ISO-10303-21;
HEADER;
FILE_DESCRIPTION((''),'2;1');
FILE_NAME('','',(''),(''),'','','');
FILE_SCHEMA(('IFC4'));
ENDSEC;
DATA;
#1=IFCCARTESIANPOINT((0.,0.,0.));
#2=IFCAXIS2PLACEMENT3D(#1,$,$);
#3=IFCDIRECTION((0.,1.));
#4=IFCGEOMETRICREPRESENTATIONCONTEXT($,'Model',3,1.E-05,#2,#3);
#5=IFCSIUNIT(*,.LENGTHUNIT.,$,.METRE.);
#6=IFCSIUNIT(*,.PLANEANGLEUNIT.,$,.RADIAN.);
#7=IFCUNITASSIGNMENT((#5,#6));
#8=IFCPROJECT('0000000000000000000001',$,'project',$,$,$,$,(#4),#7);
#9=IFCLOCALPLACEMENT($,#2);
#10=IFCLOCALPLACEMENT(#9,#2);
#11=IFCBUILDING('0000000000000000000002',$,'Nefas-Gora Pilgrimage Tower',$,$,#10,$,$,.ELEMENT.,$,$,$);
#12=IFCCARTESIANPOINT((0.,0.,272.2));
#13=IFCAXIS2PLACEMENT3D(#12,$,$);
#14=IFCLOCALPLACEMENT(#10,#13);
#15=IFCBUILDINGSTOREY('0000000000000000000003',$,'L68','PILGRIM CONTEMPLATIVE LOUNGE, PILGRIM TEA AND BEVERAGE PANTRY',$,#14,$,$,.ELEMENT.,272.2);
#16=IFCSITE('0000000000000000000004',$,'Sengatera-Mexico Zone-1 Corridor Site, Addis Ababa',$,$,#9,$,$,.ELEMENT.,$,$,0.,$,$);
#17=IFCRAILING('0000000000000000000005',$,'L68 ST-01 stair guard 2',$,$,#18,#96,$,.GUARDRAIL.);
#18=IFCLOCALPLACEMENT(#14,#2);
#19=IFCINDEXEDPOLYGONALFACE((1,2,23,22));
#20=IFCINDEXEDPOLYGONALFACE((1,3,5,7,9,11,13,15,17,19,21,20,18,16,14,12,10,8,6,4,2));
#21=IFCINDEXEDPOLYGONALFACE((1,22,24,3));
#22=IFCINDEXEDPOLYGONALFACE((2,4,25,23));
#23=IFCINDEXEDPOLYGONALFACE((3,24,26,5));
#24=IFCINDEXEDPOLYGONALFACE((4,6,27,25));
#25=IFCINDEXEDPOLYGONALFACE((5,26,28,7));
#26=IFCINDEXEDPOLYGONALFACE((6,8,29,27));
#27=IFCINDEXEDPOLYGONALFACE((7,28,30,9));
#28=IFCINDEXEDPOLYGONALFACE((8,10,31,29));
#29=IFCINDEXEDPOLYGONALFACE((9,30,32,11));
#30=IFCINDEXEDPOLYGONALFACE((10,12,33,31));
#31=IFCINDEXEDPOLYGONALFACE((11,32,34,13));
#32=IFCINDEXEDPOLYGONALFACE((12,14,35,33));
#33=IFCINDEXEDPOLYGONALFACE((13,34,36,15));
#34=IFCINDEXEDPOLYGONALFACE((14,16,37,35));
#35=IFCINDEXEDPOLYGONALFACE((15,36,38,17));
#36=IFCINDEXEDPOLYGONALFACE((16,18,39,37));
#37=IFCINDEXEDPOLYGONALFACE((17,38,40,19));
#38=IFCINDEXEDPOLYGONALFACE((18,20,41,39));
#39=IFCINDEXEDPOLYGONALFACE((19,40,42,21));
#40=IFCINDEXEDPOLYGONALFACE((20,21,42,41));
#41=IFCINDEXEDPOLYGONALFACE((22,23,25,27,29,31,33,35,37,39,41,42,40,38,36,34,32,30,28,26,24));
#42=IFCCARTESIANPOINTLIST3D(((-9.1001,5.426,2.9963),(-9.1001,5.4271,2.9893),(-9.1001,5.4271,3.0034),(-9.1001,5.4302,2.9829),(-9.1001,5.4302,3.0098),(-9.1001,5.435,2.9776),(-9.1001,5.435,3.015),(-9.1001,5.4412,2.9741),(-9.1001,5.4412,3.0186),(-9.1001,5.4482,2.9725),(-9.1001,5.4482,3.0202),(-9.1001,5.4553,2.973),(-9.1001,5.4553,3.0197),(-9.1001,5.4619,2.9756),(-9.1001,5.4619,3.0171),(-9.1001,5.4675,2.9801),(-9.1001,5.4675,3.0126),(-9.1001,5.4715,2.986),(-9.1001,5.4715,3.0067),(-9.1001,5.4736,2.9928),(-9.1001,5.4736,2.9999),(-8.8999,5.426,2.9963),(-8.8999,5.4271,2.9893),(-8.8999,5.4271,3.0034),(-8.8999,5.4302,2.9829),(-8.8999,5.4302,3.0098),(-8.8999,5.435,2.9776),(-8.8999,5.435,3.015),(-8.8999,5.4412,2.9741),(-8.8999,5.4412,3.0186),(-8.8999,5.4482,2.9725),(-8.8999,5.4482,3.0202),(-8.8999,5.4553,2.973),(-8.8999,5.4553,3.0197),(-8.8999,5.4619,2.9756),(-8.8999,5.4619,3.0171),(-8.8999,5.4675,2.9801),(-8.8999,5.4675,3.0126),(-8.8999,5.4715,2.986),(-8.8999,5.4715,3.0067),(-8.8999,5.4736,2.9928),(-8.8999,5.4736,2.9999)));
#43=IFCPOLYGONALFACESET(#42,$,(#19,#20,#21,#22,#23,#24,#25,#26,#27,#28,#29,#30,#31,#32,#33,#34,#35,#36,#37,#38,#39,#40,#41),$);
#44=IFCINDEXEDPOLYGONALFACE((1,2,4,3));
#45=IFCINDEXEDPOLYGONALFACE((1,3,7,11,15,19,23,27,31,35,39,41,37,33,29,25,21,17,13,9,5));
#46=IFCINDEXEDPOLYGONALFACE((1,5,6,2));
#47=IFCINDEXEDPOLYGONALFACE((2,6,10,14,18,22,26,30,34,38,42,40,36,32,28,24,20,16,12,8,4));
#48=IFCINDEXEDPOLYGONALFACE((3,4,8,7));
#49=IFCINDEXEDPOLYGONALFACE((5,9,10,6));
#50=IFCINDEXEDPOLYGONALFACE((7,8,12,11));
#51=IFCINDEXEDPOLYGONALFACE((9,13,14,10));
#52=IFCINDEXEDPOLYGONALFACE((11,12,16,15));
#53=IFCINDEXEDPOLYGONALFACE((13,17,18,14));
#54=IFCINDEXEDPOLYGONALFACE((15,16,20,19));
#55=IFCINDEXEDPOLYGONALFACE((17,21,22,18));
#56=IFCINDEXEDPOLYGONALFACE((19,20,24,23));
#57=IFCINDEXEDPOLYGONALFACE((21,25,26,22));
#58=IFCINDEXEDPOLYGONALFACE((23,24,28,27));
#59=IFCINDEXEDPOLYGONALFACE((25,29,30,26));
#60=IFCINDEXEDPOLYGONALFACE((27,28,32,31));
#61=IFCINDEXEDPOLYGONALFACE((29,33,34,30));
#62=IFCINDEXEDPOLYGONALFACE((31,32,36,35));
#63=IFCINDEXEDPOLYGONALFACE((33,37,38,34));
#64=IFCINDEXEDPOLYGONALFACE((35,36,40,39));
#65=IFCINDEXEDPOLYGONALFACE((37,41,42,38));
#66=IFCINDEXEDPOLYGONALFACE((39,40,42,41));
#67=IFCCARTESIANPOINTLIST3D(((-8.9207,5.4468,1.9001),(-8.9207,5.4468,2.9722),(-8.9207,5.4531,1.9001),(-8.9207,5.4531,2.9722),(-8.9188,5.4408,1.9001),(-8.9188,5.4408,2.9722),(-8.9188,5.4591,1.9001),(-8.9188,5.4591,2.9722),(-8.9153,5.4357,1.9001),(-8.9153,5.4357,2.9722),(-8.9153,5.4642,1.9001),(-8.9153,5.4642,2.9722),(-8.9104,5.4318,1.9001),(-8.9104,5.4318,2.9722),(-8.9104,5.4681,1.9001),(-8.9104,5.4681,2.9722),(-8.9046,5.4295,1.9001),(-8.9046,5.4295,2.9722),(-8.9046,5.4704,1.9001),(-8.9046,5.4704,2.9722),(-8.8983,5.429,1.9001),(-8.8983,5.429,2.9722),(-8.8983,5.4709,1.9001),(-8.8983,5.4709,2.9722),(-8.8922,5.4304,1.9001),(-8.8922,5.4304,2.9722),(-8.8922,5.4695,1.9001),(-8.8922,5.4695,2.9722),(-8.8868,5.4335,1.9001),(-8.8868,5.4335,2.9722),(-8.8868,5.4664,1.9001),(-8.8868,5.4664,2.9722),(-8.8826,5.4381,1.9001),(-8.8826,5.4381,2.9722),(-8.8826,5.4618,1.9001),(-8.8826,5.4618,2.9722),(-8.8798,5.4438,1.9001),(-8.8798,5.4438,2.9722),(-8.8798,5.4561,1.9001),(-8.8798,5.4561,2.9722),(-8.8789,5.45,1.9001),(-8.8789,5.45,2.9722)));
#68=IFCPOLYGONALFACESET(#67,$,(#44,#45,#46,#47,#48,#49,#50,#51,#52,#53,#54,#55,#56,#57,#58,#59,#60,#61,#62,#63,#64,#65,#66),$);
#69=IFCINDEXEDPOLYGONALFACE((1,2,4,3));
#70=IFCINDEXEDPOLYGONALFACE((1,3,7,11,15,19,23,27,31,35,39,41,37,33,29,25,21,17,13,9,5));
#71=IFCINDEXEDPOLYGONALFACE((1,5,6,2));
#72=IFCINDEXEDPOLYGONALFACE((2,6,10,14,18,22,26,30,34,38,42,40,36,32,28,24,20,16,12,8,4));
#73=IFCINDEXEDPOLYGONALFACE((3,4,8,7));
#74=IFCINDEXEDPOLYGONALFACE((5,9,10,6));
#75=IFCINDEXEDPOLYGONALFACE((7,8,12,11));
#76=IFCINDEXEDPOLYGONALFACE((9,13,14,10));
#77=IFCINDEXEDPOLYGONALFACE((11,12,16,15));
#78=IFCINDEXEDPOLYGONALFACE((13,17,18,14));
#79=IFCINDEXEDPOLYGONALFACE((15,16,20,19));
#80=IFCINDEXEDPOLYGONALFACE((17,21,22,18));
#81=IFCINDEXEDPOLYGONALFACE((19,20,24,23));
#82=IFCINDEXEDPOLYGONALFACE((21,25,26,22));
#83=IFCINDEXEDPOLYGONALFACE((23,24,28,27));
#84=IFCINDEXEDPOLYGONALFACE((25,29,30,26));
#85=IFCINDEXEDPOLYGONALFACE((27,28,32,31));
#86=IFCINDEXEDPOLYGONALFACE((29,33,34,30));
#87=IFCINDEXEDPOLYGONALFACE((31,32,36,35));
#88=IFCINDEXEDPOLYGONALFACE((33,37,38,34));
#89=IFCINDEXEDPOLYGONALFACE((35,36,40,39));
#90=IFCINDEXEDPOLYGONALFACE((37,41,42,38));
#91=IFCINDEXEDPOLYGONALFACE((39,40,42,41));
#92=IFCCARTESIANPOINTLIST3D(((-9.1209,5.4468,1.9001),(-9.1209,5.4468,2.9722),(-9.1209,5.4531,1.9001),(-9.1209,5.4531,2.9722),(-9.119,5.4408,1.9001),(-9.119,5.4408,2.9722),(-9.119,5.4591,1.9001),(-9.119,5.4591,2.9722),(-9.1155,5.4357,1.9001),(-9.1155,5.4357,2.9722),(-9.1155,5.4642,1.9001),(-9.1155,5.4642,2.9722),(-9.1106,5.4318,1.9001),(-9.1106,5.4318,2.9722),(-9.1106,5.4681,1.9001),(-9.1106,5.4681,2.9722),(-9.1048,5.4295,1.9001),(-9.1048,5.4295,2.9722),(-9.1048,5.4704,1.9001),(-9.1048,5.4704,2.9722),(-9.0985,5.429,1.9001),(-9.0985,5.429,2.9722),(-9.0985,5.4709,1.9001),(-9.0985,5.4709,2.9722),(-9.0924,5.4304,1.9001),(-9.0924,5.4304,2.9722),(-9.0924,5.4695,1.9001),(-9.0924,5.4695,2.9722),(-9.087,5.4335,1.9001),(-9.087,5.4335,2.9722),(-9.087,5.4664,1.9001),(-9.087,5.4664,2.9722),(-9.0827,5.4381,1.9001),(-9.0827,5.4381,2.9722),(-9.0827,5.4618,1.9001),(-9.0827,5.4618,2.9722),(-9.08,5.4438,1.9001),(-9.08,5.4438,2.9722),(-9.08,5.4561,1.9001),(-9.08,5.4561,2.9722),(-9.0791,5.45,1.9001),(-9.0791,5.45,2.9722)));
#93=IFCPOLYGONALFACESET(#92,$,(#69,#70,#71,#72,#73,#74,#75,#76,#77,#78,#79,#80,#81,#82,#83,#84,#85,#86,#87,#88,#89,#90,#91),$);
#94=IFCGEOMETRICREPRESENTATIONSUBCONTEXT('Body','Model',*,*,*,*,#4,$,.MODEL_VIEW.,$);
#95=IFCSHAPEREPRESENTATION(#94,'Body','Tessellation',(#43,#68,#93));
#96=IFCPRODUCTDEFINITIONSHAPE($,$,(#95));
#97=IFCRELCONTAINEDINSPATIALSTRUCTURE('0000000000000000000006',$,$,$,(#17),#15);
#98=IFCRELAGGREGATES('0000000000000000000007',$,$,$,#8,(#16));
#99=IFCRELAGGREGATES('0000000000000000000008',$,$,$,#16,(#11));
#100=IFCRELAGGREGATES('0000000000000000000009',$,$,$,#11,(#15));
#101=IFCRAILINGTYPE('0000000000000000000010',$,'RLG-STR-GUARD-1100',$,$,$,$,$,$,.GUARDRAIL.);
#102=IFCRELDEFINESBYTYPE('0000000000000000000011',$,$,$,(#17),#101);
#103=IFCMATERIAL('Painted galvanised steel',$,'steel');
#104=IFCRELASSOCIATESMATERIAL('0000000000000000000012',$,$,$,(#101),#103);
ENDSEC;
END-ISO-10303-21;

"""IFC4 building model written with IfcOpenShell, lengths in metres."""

from ifc_helpers import new_model, si_unit, direction, frame, origin, origin_2d, place, context, subcontext, project, spatial, circle, extrude, material, type_object, element, save


model = new_model("IFC4")

# Units and contexts
model_context = context("Model", 3, precision=1e-05, world=origin(), true_north=direction((0.0, 1.0)))
body_context = subcontext(model_context, "Body", "Model", "MODEL_VIEW")
ifc_project = project(units=[si_unit("LENGTHUNIT", "METRE"), si_unit("PLANEANGLEUNIT", "RADIAN")], contexts=[model_context])

# Site, building, storey
site_placement = place(None, origin())
site = spatial("IfcSite", under=ifc_project, at=site_placement, Name="Sengatera-Mexico Zone-1 Corridor Site, Addis Ababa", CompositionType="ELEMENT", RefElevation=0.0)
building_placement = place(site_placement, origin())
building = spatial("IfcBuilding", under=site, at=building_placement, Name="Nefas-Gora Pilgrimage Tower", CompositionType="ELEMENT")
storey_placement = place(building_placement, frame((0.0, 0.0, 272.2)))
storey = spatial("IfcBuildingStorey", under=building, at=storey_placement, Name="L68", Description="PILGRIM CONTEMPLATIVE LOUNGE, PILGRIM TEA AND BEVERAGE PANTRY", CompositionType="ELEMENT", Elevation=272.2)

# Railing
ifc_material_1 = material(Name="Painted galvanised steel", Category="steel")
railing_type_1 = type_object("IfcRailingType", Name="RLG-STR-GUARD-1100", PredefinedType="GUARDRAIL", material=ifc_material_1)
railing_1_placement = place(storey_placement, frame((-8.8999, 5.45, 1.9001)))
element("IfcRailing", 1, at=railing_1_placement, inside=storey, type_object=railing_type_1, Name="L68 ST-01 stair guard 2", PredefinedType="GUARDRAIL", context=body_context, shape_type="SweptSolid", body=[
    extrude(circle(Radius=0.0239, at=origin_2d()), frame((0.0, 0.0, 1.0962), z_axis=(-1.0, 0.0, 0.0), x_axis=(0.0, -1.0, 0.0)), (0.0, 0.0, 1.0), 0.2002),
    extrude(circle(Radius=0.021, at=origin_2d()), origin(), (0.0, 0.0, 1.0), 1.072),
    extrude(circle(Radius=0.021, at=origin_2d()), frame((-0.2002, 0.0, 0.0)), (0.0, 0.0, 1.0), 1.072),
])

save(model, "model.ifc")
